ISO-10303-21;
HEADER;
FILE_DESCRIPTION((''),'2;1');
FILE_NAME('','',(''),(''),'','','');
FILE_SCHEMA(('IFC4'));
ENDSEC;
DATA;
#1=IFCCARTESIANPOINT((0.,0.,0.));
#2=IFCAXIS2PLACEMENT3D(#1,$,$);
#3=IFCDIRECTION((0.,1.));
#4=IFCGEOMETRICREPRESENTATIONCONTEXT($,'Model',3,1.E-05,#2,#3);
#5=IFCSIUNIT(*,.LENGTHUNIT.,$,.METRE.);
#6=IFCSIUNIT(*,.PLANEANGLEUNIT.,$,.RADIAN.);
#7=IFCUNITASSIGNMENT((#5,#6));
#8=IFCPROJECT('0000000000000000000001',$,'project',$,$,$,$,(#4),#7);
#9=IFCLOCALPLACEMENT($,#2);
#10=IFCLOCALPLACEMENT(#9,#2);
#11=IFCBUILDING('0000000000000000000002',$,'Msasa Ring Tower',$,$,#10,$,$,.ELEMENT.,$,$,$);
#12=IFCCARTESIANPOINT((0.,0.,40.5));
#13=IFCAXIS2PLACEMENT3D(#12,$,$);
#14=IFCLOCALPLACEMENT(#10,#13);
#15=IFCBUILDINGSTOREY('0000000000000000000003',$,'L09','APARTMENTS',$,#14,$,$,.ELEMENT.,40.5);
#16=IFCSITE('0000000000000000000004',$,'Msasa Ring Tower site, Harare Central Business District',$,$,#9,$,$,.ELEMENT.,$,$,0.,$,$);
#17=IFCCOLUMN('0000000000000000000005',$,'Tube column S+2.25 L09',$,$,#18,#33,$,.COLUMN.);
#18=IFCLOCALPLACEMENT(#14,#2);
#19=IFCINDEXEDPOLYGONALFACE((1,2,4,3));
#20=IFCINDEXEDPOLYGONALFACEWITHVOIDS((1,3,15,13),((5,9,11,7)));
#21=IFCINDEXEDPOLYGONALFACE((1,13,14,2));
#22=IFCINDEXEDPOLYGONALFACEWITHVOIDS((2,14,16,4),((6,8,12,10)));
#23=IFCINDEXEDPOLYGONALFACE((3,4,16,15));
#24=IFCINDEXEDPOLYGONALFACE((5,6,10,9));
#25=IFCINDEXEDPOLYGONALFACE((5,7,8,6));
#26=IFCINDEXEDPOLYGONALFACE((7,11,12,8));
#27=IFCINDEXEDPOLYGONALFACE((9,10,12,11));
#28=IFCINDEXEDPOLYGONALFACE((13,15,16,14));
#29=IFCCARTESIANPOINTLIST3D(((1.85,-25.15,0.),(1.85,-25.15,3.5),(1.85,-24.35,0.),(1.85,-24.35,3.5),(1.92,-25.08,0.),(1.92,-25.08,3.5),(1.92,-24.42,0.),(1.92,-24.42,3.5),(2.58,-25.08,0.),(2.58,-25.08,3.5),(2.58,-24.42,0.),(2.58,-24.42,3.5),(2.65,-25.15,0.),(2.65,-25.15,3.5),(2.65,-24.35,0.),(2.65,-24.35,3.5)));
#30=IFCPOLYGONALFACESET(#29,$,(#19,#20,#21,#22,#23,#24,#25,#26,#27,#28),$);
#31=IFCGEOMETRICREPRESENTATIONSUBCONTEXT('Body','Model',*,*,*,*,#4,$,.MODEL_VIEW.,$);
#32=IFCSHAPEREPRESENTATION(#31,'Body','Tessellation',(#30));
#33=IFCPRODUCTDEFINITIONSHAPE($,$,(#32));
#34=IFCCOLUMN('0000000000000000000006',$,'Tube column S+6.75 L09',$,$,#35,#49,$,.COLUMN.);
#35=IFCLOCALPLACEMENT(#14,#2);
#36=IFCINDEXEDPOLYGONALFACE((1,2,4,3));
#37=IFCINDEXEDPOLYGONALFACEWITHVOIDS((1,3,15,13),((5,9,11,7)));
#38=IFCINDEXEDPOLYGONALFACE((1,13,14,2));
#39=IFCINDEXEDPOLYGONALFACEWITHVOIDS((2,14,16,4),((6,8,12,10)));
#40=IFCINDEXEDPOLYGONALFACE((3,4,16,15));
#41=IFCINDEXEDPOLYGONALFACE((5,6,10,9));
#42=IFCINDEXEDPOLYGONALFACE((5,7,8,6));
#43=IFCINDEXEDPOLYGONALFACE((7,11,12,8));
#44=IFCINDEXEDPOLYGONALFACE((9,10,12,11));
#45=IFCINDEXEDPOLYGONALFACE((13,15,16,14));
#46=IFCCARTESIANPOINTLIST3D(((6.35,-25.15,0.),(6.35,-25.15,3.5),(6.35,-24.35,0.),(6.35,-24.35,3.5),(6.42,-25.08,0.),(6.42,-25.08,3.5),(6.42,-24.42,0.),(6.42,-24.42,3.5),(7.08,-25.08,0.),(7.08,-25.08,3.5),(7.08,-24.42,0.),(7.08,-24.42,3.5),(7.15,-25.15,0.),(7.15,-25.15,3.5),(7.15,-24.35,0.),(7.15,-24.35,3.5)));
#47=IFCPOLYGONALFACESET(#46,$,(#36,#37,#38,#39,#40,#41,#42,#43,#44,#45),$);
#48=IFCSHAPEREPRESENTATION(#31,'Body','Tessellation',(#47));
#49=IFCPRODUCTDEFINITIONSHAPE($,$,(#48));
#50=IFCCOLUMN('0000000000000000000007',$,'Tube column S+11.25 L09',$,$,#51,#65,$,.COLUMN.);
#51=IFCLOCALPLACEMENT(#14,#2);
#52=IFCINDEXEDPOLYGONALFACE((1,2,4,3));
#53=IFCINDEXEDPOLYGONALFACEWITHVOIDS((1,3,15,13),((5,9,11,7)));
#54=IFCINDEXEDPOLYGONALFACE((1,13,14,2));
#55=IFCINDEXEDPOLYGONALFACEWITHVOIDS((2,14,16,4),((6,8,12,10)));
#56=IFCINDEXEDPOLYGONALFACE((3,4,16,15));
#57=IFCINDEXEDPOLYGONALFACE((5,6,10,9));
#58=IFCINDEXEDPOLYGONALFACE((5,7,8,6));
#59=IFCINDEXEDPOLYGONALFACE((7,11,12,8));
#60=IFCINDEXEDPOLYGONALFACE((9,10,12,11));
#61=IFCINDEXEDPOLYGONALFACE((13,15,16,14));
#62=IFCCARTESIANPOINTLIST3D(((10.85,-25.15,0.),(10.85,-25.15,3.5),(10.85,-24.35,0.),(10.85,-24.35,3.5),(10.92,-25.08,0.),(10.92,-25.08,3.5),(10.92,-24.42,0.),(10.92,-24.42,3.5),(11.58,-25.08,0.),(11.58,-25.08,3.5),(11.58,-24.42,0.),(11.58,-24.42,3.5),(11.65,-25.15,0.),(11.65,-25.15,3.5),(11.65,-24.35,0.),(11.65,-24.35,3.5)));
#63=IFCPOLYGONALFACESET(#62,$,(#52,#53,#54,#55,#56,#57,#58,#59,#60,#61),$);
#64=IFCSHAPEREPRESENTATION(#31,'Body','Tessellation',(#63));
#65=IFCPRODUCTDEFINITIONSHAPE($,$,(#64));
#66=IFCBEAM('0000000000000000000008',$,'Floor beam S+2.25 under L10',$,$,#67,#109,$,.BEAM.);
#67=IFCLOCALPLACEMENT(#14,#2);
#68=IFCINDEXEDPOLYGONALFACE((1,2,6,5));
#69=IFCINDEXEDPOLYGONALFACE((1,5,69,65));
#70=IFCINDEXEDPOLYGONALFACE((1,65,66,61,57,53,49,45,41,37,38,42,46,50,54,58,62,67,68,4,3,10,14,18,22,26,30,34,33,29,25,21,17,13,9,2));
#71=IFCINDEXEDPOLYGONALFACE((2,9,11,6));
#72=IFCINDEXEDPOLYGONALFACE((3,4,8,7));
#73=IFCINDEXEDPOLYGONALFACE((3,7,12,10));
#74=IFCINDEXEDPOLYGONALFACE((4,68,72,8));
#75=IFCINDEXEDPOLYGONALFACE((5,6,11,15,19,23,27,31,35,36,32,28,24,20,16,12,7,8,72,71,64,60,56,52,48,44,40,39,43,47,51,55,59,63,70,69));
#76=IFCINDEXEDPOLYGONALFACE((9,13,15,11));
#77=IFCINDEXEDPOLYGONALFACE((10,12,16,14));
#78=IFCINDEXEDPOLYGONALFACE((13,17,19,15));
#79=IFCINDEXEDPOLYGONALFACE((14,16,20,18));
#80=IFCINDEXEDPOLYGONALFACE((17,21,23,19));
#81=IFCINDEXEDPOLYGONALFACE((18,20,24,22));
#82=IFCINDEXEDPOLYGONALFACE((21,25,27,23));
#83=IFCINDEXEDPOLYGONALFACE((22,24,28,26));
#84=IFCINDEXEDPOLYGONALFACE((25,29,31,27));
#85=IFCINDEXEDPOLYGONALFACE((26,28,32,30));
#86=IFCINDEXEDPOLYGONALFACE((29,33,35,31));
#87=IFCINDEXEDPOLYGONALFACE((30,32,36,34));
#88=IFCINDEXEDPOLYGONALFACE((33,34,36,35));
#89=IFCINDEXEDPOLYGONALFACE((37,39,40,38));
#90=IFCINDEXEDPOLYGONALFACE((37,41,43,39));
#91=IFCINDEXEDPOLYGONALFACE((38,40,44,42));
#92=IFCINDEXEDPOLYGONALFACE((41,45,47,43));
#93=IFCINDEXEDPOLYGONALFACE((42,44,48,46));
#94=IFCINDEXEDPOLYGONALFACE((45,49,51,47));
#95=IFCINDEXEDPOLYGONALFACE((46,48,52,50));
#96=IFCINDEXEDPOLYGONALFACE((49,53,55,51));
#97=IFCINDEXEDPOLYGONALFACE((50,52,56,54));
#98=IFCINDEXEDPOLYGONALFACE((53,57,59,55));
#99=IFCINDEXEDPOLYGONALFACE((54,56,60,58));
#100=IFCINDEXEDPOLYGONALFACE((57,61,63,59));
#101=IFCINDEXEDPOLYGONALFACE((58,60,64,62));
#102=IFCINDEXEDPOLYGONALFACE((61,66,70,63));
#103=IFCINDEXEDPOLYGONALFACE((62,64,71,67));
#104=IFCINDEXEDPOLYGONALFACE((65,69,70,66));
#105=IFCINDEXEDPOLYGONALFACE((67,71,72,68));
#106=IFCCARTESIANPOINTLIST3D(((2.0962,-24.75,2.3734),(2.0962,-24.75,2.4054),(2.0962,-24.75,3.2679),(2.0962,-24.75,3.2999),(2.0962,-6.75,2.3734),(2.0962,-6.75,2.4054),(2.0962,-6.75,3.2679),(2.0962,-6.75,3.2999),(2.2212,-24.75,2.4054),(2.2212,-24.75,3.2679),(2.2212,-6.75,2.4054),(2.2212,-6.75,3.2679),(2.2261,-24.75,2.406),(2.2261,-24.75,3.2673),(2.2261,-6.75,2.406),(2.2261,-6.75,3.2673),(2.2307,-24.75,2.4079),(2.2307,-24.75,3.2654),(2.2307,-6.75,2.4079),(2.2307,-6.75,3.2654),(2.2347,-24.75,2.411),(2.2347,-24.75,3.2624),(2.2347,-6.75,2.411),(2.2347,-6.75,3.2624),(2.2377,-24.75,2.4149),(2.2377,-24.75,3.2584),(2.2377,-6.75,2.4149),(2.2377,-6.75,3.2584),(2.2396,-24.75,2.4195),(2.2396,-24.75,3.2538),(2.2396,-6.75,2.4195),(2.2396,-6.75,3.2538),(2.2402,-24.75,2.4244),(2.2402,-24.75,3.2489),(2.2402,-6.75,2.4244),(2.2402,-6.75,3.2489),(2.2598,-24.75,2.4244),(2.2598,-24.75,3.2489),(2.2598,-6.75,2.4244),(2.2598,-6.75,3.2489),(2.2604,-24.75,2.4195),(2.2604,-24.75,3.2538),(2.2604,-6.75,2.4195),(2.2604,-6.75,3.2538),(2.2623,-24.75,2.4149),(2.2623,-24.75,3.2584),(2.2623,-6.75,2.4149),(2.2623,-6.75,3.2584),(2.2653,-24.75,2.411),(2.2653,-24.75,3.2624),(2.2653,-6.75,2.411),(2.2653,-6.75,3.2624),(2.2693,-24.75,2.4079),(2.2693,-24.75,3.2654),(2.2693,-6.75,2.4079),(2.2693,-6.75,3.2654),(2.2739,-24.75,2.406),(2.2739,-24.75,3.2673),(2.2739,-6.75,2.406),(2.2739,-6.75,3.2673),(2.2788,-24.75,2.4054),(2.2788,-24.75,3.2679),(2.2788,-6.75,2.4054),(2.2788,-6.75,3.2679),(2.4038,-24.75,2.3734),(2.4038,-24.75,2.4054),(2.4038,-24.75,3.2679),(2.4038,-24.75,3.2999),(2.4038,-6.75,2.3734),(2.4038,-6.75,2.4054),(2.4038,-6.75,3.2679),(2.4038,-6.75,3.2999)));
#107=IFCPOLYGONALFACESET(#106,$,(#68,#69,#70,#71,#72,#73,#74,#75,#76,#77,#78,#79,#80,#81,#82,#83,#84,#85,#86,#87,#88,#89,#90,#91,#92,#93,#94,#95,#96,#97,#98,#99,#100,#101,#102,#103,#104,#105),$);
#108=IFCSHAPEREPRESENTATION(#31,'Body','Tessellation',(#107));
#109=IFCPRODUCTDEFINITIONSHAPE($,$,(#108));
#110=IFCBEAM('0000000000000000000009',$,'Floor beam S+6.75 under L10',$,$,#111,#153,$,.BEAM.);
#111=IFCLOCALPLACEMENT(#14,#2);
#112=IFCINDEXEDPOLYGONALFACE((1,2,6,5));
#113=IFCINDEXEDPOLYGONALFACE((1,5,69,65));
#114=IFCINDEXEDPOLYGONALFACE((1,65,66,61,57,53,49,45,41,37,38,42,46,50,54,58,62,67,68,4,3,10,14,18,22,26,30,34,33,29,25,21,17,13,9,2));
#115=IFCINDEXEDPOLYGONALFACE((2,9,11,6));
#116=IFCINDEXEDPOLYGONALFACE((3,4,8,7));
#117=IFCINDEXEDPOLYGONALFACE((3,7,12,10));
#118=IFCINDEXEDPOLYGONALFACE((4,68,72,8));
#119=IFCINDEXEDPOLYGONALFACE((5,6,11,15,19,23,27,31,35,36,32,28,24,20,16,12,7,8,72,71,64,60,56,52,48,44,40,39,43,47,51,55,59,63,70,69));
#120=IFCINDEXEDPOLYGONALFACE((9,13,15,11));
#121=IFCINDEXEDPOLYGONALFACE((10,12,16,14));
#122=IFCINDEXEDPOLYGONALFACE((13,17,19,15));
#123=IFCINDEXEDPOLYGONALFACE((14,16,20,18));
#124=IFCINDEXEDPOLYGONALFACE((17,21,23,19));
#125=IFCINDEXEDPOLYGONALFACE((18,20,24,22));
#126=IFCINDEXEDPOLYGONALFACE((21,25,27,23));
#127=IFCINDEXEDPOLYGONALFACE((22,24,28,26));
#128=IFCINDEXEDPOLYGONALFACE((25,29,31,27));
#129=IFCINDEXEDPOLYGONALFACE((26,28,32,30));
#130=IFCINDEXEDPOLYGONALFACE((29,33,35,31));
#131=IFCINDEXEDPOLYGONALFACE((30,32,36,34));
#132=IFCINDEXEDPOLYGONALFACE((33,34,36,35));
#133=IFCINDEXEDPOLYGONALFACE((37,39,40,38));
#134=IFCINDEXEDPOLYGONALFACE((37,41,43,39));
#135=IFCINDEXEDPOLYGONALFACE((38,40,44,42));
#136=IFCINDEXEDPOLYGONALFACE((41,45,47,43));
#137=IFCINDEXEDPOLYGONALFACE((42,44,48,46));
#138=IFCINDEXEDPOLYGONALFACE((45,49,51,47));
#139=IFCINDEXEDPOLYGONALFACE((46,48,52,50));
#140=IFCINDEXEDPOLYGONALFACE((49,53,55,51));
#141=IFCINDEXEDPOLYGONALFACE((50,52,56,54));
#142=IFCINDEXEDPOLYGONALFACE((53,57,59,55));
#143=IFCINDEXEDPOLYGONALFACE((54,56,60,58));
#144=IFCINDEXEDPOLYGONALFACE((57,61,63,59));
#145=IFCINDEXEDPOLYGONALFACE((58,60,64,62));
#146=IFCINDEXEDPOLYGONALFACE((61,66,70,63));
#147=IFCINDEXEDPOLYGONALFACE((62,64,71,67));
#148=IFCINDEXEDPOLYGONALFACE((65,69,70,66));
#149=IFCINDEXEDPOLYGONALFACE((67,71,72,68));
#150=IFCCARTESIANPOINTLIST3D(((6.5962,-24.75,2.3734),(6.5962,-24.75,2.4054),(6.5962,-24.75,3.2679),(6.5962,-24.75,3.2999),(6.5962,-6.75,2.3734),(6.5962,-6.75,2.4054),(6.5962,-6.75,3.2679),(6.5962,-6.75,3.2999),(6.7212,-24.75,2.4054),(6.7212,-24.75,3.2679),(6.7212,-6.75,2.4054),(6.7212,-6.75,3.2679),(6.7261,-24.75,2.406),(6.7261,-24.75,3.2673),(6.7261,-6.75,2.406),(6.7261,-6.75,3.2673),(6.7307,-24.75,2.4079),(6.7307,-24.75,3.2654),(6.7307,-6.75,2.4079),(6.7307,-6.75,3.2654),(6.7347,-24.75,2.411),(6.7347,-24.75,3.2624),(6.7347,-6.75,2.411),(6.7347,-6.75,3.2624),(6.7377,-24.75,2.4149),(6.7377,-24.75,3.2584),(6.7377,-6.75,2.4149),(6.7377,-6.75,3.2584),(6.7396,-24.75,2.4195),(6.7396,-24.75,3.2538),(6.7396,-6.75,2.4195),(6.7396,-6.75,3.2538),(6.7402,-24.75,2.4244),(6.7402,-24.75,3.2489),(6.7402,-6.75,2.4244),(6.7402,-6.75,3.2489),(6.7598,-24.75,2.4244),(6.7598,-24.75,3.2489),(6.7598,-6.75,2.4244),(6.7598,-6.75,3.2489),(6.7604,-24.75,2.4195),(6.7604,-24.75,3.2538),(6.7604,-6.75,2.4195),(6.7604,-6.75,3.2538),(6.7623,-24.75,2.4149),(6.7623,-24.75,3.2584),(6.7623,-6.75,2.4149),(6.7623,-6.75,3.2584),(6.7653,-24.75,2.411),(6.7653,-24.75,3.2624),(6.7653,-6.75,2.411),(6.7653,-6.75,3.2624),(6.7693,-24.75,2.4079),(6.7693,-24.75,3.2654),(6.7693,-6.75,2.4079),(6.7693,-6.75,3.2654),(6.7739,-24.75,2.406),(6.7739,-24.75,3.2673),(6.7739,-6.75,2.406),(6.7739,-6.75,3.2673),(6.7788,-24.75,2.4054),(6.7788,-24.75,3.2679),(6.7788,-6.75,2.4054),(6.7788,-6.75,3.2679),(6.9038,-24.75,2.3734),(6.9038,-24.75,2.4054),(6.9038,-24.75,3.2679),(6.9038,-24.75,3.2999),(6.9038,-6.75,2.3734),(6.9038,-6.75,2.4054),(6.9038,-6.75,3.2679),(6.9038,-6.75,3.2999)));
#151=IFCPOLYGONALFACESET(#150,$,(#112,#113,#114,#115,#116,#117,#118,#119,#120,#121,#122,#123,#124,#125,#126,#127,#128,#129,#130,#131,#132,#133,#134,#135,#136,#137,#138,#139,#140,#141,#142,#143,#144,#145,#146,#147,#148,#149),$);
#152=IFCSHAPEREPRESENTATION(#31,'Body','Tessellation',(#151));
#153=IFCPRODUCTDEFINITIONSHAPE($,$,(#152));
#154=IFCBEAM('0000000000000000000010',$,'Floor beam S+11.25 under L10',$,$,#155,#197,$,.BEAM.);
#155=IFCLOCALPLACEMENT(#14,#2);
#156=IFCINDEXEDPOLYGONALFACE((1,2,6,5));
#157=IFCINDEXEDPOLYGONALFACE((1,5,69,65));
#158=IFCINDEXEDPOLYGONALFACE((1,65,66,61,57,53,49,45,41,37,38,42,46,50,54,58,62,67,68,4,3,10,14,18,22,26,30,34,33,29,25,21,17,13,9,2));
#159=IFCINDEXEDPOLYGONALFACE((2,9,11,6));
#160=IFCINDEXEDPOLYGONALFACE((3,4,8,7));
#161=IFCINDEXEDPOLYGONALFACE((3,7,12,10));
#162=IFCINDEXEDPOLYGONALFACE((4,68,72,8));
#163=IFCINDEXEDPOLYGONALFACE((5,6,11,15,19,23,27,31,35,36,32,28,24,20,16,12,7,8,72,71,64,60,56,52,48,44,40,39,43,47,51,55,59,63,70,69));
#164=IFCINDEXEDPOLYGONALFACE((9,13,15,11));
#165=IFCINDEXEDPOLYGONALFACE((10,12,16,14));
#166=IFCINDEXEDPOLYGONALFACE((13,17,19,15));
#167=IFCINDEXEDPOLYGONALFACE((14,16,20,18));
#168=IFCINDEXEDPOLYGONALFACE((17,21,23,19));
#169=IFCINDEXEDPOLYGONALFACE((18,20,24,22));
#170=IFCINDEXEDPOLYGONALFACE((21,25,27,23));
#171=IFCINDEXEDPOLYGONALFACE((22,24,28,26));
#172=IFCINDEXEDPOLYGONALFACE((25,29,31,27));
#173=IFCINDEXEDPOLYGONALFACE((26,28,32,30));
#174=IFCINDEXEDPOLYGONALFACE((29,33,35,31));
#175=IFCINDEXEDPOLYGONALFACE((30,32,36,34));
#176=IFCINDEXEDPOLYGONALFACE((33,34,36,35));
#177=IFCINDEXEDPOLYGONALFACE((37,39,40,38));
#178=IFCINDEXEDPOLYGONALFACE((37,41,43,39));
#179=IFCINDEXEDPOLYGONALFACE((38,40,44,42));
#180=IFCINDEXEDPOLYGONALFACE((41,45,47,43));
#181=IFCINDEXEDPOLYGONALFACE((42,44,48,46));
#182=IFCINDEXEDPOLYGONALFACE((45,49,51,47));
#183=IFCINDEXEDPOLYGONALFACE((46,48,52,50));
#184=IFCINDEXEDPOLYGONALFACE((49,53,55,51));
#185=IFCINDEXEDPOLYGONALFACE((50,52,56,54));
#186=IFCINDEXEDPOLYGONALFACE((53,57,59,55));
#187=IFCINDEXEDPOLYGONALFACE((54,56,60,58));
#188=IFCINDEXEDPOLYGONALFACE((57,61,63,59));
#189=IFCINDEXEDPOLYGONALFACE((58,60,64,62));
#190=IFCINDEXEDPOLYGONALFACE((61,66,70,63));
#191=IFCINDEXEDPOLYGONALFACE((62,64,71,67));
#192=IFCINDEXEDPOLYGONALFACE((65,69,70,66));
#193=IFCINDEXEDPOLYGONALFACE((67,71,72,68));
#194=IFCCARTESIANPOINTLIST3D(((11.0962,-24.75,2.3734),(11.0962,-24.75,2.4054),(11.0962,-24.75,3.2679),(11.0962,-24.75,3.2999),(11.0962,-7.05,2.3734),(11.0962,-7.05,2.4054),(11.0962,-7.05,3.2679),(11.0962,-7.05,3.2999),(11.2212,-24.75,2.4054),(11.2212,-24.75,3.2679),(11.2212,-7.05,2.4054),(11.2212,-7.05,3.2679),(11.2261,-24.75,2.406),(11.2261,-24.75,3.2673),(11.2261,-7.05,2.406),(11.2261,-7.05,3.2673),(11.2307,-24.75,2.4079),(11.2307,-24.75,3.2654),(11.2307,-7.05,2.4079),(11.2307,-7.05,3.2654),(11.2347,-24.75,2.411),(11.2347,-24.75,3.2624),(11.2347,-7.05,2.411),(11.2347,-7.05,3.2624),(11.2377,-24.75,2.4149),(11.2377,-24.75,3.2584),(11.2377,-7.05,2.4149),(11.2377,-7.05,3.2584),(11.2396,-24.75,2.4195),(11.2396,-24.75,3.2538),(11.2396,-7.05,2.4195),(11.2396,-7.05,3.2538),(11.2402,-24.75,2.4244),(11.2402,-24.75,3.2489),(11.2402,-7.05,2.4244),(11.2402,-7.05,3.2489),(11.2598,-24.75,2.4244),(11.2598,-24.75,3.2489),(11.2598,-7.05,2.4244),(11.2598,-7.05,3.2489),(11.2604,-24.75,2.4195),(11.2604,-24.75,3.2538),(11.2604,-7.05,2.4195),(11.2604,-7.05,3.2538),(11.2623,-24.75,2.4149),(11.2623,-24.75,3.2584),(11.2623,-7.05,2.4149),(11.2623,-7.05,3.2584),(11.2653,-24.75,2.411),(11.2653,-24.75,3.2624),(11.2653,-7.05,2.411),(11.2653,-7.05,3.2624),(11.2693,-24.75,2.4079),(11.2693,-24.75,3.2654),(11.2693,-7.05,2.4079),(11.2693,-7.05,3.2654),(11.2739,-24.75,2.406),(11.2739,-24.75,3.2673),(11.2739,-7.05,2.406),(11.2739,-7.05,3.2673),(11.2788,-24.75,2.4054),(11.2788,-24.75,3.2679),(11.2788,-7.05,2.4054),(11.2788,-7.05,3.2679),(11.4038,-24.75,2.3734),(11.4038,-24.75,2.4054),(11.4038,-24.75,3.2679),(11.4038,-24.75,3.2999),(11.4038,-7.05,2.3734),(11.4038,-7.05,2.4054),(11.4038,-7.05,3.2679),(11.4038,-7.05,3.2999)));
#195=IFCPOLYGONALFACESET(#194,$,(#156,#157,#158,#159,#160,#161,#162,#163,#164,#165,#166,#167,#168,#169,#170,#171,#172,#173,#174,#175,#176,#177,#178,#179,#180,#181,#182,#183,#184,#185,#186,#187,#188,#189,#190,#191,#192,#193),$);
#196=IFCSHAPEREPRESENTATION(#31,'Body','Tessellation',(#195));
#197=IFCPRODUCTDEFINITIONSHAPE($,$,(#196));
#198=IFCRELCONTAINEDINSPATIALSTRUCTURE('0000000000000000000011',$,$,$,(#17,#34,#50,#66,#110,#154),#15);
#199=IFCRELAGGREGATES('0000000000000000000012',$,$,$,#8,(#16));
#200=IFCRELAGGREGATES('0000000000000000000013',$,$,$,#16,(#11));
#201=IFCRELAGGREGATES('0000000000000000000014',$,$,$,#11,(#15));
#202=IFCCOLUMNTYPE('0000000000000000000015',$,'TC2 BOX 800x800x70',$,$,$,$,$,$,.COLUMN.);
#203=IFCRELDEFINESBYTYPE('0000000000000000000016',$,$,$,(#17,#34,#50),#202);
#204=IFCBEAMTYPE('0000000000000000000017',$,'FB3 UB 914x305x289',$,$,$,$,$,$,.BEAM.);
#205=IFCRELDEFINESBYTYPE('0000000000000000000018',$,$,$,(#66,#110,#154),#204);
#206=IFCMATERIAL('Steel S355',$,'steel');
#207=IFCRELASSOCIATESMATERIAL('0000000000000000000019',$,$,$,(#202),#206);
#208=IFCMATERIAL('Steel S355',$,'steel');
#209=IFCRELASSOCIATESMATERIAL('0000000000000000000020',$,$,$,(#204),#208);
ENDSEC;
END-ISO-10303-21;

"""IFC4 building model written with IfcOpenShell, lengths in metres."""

from ifc_helpers import new_model, si_unit, direction, frame, origin, origin_2d, place, context, subcontext, project, spatial, hollow_rectangle, i_section, extrude, material, material_profile, profile_set, type_object, element, save


model = new_model("IFC4")

# Units and contexts
model_context = context("Model", 3, precision=1e-05, world=origin(), true_north=direction((0.0, 1.0)))
body_context = subcontext(model_context, "Body", "Model", "MODEL_VIEW")
ifc_project = project(units=[si_unit("LENGTHUNIT", "METRE"), si_unit("PLANEANGLEUNIT", "RADIAN")], contexts=[model_context])

# Site, building, storey
site_placement = place(None, origin())
site = spatial("IfcSite", under=ifc_project, at=site_placement, Name="Msasa Ring Tower site, Harare Central Business District", CompositionType="ELEMENT", RefElevation=0.0)
building_placement = place(site_placement, origin())
building = spatial("IfcBuilding", under=site, at=building_placement, Name="Msasa Ring Tower", CompositionType="ELEMENT")
storey_placement = place(building_placement, frame((0.0, 0.0, 40.5)))
storey = spatial("IfcBuildingStorey", under=building, at=storey_placement, Name="L09", Description="APARTMENTS", CompositionType="ELEMENT", Elevation=40.5)

# Columns
ifc_material_1 = material(Name="Steel S355", Category="steel")
ifc_material_profile_1 = material_profile(ifc_material_1, hollow_rectangle(XDim=0.8, YDim=0.8, WallThickness=0.0701, at=origin_2d()), Name="BOX 800x800x70")
ifc_profile_set_1 = profile_set([ifc_material_profile_1], Name="Steel S355")
column_type = type_object("IfcColumnType", Name="TC2 BOX 800x800x70", PredefinedType="COLUMN", material=ifc_profile_set_1)
for number, where, z_axis, x_axis, name in (
    (1, (2.25, -24.75, 0.0), (0.0, 0.0, 1.0), (0.0, 1.0, 0.0), "Tube column S+2.25 L09"),
    (2, (6.75, -24.75, 0.0), (0.0, 0.0, 1.0), (0.0, 1.0, 0.0), "Tube column S+6.75 L09"),
    (3, (11.25, -24.75, 0.0), (0.0, 0.0, 1.0), (0.0, 1.0, 0.0), "Tube column S+11.25 L09"),
):
    element("IfcColumn", number, at=place(storey_placement, frame(where, z_axis=z_axis, x_axis=x_axis)), inside=storey, type_object=column_type, Name=name, PredefinedType="COLUMN", context=body_context, shape_type="SweptSolid", body=[
        extrude(hollow_rectangle(XDim=0.8, YDim=0.8, WallThickness=0.0701, at=origin_2d()), origin(), (0.0, 0.0, 1.0), 3.5),
    ])

# Beams
ifc_material_2 = material(Name="Steel S355", Category="steel")
ifc_material_profile_2 = material_profile(ifc_material_2, i_section(OverallWidth=0.3076, OverallDepth=0.9265, WebThickness=0.0195, FlangeThickness=0.032, FilletRadius=0.019, at=origin_2d()), Name="UB 914x305x289")
ifc_profile_set_2 = profile_set([ifc_material_profile_2], Name="Steel S355")
beam_type_1 = type_object("IfcBeamType", Name="FB3 UB 914x305x289", PredefinedType="BEAM", material=ifc_profile_set_2)
for number, where, z_axis, x_axis, name in (
    (4, (2.25, -24.75, 2.8367), (0.0, 1.0, 0.0), (-1.0, 0.0, 0.0), "Floor beam S+2.25 under L10"),
    (5, (6.75, -24.75, 2.8367), (0.0, 1.0, 0.0), (-1.0, 0.0, 0.0), "Floor beam S+6.75 under L10"),
):
    element("IfcBeam", number, at=place(storey_placement, frame(where, z_axis=z_axis, x_axis=x_axis)), inside=storey, type_object=beam_type_1, Name=name, PredefinedType="BEAM", context=body_context, shape_type="SweptSolid", body=[
        extrude(i_section(OverallWidth=0.3076, OverallDepth=0.9265, WebThickness=0.0195, FlangeThickness=0.032, FilletRadius=0.019, at=origin_2d()), origin(), (0.0, 0.0, 1.0), 18.0),
    ])
beam_placement = place(storey_placement, frame((11.25, -24.75, 2.8367), z_axis=(0.0, 1.0, 0.0), x_axis=(-1.0, 0.0, 0.0)))
element("IfcBeam", 6, at=beam_placement, inside=storey, type_object=beam_type_1, Name="Floor beam S+11.25 under L10", PredefinedType="BEAM", context=body_context, shape_type="SweptSolid", body=[
    extrude(i_section(OverallWidth=0.3076, OverallDepth=0.9265, WebThickness=0.0195, FlangeThickness=0.032, FilletRadius=0.019, at=origin_2d()), origin(), (0.0, 0.0, 1.0), 17.7),
])

save(model, "model.ifc")
